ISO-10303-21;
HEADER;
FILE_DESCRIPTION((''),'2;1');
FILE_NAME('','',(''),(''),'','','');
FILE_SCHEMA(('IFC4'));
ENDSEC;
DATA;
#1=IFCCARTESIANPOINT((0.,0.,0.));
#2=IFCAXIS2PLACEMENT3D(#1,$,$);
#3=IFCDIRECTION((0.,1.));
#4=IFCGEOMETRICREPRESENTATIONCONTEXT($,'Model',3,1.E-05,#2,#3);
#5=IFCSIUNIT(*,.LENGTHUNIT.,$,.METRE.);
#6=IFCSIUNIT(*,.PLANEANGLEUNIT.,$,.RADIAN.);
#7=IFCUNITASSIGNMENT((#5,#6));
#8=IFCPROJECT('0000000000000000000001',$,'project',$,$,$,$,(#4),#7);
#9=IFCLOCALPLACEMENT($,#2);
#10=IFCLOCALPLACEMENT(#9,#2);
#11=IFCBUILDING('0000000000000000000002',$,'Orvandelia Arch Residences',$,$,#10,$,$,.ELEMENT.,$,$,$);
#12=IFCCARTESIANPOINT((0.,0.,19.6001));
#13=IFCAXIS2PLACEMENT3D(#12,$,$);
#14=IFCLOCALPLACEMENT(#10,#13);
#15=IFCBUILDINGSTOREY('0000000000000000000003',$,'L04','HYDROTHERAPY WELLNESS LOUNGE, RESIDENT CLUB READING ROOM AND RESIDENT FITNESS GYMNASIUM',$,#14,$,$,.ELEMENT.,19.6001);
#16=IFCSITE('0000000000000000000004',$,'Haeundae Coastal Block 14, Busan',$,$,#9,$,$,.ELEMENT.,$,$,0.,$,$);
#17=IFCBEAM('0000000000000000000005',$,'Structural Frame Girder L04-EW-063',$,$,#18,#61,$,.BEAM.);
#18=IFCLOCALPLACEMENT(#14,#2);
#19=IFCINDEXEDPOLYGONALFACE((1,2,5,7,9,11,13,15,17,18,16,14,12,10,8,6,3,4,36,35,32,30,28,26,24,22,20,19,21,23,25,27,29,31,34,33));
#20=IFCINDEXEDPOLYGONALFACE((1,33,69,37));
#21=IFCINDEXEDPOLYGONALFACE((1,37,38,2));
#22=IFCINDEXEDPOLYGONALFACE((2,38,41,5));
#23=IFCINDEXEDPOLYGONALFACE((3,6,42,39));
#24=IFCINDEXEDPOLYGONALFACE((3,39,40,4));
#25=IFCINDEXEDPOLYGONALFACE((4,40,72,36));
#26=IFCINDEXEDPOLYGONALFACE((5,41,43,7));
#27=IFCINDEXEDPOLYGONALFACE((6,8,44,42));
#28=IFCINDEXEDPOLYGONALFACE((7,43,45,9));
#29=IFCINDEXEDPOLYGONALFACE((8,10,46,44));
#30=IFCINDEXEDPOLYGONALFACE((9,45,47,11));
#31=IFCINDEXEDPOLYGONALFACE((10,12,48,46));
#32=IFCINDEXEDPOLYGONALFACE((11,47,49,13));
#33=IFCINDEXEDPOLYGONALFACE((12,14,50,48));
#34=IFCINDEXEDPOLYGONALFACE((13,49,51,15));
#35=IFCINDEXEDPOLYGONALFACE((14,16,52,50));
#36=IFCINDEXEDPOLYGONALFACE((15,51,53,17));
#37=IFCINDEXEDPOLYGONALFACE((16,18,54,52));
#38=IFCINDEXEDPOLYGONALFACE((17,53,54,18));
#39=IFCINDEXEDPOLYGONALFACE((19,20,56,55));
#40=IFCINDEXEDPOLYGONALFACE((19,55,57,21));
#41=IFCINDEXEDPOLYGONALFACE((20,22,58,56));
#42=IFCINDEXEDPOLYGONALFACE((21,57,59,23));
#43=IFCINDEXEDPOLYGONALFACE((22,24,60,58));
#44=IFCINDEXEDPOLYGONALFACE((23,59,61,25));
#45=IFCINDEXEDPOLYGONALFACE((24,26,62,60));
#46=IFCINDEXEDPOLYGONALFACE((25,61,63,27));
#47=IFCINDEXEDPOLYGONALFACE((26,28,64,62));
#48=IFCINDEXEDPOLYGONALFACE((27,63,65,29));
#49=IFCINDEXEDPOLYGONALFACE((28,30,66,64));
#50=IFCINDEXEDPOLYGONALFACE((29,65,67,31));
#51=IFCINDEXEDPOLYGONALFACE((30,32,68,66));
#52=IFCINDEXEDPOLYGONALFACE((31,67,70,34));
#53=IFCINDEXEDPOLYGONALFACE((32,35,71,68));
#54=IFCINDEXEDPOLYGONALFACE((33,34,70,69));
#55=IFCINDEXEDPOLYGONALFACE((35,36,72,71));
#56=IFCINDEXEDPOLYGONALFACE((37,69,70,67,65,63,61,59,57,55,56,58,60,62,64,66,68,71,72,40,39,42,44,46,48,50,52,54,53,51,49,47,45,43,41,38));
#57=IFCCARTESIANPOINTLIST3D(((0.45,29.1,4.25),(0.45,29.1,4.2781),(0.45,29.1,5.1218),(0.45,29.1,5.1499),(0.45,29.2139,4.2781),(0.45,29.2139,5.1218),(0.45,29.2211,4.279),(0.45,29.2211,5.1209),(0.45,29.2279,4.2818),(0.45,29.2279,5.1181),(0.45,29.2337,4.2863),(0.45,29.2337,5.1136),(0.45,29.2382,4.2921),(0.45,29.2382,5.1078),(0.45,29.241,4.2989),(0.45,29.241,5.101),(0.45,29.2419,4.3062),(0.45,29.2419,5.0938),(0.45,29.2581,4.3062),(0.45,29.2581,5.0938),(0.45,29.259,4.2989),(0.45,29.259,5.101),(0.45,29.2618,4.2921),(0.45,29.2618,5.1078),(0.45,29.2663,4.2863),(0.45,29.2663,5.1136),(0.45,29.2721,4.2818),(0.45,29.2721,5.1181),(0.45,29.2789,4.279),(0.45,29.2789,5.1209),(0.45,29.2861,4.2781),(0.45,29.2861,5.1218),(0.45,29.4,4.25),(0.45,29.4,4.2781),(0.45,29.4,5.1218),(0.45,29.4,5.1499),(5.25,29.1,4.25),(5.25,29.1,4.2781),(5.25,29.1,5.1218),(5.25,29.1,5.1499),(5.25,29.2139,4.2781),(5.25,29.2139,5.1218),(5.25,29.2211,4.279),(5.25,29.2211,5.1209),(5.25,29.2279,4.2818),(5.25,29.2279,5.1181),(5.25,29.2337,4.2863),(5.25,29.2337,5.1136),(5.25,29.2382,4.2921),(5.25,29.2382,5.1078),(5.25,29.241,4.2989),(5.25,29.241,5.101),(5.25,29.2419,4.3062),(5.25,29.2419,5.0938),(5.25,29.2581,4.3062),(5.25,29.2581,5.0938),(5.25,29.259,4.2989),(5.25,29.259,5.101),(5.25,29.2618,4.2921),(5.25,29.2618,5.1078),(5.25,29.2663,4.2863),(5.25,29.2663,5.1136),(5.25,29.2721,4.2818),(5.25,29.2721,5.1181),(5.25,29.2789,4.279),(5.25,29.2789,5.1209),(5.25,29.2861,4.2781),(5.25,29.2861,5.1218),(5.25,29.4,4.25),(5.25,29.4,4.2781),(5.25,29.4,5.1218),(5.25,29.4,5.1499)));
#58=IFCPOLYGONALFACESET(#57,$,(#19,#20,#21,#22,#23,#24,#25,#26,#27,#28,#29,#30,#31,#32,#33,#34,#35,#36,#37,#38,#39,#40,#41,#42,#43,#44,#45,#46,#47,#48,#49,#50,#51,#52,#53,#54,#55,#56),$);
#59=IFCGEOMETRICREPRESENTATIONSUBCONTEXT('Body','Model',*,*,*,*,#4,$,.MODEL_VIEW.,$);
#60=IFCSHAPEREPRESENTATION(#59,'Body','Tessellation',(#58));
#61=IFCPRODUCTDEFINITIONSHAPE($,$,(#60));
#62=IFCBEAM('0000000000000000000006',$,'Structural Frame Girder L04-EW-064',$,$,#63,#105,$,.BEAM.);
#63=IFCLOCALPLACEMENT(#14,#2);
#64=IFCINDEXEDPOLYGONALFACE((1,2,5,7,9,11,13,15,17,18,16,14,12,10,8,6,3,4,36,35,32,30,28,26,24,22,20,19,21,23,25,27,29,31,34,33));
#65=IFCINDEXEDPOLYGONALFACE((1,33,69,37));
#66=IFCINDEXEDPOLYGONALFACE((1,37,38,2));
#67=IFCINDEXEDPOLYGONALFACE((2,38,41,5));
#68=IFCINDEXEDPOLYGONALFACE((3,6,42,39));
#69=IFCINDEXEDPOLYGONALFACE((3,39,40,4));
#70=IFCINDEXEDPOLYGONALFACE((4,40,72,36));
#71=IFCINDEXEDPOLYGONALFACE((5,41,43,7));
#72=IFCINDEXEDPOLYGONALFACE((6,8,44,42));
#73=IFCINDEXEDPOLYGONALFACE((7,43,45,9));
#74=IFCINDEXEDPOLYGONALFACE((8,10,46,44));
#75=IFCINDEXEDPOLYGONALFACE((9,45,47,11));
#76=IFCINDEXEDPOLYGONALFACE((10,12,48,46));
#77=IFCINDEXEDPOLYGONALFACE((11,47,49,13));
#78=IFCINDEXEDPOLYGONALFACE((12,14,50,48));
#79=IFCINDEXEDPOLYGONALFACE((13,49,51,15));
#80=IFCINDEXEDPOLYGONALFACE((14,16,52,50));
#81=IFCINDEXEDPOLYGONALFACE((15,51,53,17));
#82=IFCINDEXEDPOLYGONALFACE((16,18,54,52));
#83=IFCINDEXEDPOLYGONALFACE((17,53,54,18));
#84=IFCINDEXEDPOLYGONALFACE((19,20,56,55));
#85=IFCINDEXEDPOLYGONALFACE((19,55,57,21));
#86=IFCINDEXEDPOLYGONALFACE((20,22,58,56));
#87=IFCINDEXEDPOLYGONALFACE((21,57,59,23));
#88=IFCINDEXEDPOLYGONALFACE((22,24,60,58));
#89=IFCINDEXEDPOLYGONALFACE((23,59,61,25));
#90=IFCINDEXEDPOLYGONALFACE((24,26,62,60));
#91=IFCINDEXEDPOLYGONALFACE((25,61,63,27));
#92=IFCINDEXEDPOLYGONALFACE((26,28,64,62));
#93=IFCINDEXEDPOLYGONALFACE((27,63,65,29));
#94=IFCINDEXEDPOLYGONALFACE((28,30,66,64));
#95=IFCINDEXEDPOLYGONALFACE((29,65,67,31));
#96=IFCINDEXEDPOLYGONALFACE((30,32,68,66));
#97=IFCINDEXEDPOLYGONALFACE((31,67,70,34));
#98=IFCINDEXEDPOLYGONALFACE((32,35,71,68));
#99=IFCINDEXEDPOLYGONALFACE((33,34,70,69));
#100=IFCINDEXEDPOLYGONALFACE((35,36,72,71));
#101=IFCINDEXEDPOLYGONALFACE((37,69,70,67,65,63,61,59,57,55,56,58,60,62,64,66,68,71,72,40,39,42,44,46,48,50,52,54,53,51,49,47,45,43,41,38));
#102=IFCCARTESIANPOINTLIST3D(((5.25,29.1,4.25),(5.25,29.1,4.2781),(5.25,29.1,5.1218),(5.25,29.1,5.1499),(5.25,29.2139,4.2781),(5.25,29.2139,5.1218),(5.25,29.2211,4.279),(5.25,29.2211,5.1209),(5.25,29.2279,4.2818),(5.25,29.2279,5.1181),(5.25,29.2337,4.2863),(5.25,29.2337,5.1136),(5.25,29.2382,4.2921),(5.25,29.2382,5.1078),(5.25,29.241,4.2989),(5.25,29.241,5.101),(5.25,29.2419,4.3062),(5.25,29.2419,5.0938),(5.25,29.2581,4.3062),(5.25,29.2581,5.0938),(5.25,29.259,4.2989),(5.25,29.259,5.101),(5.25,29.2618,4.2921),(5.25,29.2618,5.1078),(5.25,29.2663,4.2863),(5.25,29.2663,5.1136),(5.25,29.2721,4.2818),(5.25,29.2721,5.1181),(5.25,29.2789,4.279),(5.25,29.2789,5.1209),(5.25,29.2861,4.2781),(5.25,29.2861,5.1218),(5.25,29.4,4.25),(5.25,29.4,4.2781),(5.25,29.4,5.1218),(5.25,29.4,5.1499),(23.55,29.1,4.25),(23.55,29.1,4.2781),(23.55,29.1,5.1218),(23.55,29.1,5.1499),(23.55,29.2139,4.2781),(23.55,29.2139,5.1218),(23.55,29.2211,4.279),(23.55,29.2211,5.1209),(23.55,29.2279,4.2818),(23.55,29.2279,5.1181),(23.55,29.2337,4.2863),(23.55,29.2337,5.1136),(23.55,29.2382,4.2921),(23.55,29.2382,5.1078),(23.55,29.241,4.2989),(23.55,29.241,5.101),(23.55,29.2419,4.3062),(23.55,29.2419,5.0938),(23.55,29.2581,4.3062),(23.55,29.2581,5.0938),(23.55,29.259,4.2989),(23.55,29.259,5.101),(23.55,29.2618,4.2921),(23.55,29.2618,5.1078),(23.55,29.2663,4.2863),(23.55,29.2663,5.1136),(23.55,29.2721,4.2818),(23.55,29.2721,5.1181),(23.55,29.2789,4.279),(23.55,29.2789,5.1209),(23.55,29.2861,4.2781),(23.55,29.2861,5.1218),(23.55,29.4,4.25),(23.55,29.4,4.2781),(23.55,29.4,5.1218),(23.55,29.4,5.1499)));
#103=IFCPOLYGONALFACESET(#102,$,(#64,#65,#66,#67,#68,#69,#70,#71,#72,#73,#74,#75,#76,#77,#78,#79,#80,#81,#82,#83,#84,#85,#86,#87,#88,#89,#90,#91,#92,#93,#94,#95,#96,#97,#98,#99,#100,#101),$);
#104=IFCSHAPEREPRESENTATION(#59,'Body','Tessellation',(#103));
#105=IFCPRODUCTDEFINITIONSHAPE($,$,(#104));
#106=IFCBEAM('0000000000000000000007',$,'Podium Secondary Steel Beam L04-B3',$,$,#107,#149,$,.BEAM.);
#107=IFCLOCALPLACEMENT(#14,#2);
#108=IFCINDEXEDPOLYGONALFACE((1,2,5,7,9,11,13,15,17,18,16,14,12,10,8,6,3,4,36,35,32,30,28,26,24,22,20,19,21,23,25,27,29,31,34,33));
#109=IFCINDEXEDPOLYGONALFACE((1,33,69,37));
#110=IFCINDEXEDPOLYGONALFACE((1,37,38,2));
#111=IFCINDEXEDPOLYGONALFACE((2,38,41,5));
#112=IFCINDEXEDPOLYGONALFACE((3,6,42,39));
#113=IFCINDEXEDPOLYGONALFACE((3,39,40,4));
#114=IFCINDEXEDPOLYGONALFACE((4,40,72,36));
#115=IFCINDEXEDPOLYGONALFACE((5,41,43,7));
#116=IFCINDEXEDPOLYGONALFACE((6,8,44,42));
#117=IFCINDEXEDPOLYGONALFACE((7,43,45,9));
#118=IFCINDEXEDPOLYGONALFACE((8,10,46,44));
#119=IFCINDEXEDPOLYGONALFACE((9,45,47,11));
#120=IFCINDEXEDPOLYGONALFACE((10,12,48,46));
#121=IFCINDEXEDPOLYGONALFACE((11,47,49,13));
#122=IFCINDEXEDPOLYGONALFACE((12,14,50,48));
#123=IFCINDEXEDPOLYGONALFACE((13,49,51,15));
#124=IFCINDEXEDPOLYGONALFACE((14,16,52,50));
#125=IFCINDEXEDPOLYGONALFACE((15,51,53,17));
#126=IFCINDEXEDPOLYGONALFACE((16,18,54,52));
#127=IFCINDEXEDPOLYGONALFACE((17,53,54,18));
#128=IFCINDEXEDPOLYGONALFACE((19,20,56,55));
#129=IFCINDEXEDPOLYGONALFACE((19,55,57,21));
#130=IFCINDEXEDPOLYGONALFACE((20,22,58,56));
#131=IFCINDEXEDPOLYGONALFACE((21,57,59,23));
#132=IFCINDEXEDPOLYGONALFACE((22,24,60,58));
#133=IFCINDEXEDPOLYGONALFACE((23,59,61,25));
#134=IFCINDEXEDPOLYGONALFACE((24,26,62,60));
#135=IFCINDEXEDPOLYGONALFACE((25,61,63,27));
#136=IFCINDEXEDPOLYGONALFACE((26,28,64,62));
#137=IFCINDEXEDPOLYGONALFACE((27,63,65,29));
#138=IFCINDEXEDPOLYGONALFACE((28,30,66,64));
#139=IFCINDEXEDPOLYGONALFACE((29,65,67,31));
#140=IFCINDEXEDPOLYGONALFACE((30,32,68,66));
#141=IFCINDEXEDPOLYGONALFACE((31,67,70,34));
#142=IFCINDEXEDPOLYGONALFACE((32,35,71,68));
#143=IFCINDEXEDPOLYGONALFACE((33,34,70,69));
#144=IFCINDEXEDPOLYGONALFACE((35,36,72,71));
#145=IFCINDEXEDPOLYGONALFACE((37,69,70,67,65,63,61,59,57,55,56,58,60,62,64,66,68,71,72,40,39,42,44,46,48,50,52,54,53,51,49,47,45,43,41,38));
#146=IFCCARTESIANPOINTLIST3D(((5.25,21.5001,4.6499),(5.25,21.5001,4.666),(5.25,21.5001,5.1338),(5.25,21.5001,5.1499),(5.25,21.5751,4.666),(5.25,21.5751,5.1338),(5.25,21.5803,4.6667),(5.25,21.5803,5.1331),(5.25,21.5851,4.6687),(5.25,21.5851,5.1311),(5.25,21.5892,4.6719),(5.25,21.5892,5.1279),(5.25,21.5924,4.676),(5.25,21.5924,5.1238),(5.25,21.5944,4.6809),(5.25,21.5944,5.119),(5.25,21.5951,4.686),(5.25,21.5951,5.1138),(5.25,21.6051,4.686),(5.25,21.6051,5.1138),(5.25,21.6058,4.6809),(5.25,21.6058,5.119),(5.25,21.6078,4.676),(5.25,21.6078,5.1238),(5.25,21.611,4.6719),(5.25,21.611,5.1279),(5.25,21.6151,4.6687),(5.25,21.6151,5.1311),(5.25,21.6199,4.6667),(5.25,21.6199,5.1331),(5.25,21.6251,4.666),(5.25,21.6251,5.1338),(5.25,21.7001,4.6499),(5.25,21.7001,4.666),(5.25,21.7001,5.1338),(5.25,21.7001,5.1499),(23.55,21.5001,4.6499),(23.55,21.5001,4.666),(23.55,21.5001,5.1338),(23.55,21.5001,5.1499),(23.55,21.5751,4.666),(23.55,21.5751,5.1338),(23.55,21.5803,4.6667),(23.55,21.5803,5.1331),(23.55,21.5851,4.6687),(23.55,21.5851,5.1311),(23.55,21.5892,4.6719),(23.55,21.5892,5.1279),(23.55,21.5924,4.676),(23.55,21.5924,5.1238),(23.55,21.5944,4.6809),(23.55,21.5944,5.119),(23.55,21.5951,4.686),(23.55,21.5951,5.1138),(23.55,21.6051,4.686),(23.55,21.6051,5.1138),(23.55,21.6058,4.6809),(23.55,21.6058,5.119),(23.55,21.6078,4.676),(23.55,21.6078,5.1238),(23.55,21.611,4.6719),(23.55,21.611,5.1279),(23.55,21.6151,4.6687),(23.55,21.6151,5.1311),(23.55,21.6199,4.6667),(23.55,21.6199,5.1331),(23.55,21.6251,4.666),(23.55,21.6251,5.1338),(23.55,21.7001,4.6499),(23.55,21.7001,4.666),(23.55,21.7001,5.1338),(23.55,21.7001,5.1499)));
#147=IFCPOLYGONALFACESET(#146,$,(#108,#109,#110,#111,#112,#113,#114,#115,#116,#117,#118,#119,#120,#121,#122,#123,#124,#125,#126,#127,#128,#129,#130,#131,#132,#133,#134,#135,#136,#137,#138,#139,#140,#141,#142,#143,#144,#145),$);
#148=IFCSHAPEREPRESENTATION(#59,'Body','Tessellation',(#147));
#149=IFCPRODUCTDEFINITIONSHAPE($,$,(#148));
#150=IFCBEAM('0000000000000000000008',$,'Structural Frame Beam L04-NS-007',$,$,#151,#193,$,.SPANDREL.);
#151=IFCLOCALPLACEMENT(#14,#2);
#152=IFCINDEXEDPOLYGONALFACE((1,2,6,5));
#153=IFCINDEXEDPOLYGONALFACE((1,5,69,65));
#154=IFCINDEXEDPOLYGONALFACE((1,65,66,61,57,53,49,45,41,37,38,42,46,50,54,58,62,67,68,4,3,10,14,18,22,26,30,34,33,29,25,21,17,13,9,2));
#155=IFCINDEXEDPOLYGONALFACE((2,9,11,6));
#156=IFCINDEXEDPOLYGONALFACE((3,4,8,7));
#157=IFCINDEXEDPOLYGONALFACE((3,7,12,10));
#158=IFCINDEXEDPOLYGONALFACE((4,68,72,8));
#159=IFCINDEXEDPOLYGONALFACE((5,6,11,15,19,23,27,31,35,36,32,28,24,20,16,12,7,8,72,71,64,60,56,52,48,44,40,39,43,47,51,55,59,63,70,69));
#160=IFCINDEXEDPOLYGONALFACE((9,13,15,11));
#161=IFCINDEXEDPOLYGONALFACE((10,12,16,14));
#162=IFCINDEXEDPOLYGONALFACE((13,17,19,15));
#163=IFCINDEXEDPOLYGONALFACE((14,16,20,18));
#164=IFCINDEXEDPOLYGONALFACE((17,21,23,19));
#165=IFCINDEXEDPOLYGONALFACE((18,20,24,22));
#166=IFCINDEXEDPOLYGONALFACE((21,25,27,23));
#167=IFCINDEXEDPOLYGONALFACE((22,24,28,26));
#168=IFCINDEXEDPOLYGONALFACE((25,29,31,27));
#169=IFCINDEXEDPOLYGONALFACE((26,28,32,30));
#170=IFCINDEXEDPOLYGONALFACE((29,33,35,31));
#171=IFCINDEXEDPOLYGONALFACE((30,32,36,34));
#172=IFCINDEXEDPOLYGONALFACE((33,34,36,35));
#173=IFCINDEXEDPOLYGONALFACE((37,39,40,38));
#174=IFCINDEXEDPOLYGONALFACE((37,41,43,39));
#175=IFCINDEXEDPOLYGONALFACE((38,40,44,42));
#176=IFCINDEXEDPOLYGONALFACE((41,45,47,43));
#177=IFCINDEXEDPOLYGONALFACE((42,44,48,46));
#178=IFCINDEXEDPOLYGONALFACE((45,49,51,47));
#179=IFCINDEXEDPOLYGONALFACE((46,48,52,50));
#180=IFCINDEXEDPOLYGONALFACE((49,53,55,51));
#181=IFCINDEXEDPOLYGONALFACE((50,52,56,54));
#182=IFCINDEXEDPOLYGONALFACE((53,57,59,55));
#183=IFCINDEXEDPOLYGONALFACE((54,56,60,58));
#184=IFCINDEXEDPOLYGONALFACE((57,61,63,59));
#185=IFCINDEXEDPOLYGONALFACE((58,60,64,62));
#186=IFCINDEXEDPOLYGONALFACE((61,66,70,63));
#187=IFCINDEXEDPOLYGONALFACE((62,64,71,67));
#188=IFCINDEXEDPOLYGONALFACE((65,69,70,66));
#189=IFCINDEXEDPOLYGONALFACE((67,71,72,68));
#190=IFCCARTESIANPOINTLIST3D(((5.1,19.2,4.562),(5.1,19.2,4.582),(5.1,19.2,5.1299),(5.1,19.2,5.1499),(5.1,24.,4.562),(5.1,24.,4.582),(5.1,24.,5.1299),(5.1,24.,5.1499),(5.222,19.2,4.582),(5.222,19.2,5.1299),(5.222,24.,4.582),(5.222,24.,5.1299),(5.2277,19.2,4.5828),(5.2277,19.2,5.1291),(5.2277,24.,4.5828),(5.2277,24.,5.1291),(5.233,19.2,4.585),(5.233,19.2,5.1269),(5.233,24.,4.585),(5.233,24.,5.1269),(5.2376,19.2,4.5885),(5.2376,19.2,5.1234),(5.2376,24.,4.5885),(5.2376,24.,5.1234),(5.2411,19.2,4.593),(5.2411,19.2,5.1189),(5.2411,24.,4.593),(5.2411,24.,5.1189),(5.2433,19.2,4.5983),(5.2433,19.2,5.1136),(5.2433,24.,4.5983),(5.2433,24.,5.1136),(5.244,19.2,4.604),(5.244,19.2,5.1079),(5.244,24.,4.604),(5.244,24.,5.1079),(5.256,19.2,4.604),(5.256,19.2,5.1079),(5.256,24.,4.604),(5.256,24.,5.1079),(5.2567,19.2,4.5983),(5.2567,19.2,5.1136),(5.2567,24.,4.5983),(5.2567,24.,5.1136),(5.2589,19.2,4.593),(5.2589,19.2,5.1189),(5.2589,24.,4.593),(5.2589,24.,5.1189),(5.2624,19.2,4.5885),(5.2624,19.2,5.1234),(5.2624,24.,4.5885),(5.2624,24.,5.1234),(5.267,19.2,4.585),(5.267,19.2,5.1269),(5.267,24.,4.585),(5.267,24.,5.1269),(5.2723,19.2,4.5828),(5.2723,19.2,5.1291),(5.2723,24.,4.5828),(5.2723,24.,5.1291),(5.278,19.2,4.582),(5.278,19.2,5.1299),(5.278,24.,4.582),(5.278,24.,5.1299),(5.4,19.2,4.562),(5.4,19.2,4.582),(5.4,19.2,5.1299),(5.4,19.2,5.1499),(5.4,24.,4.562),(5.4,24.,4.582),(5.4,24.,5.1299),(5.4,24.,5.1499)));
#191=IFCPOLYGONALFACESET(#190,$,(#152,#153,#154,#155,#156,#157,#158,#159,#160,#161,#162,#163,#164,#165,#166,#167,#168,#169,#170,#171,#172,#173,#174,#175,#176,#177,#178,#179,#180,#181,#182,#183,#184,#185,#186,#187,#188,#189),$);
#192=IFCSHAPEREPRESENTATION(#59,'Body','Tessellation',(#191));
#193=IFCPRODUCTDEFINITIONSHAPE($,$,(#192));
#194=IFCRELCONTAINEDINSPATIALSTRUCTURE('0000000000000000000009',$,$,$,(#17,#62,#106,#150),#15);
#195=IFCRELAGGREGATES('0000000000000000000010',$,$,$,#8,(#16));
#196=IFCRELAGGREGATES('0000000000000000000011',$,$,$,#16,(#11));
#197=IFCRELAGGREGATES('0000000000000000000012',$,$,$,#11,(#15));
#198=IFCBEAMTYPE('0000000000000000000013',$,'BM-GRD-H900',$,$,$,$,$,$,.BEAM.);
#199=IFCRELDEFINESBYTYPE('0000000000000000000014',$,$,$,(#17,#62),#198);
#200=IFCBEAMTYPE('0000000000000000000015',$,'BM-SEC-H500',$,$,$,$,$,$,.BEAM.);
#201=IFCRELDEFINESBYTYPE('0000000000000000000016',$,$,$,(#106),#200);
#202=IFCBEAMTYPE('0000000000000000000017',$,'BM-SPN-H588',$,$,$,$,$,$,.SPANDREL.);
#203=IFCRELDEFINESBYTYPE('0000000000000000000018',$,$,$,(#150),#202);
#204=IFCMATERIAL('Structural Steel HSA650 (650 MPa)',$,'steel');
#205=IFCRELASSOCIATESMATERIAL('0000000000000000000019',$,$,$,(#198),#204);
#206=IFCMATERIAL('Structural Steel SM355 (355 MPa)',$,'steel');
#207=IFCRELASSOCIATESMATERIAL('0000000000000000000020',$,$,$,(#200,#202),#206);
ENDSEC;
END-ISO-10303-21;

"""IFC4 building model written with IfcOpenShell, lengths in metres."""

from ifc_helpers import new_model, si_unit, direction, frame, origin, origin_2d, place, context, subcontext, project, spatial, i_section, extrude, material, material_profile, profile_set, type_object, element, save


model = new_model("IFC4")

# Units and contexts
model_context = context("Model", 3, precision=1e-05, world=origin(), true_north=direction((0.0, 1.0)))
body_context = subcontext(model_context, "Body", "Model", "MODEL_VIEW")
ifc_project = project(units=[si_unit("LENGTHUNIT", "METRE"), si_unit("PLANEANGLEUNIT", "RADIAN")], contexts=[model_context])

# Site, building, storey
site_placement = place(None, origin())
site = spatial("IfcSite", under=ifc_project, at=site_placement, Name="Haeundae Coastal Block 14, Busan", CompositionType="ELEMENT", RefElevation=0.0)
building_placement = place(site_placement, origin())
building = spatial("IfcBuilding", under=site, at=building_placement, Name="Orvandelia Arch Residences", CompositionType="ELEMENT")
storey_placement = place(building_placement, frame((0.0, 0.0, 19.6001)))
storey = spatial("IfcBuildingStorey", under=building, at=storey_placement, Name="L04", Description="HYDROTHERAPY WELLNESS LOUNGE, RESIDENT CLUB READING ROOM AND RESIDENT FITNESS GYMNASIUM", CompositionType="ELEMENT", Elevation=19.6001)

# Beams
ifc_material_1 = material(Name="Structural Steel HSA650 (650 MPa)", Category="steel")
ifc_material_profile_1 = material_profile(ifc_material_1, i_section(OverallWidth=0.3, OverallDepth=0.8999, WebThickness=0.0161, FlangeThickness=0.0281, FilletRadius=0.0281, at=origin_2d()), Name="Structural Steel HSA650 (650 MPa)", Category="steel")
ifc_profile_set_1 = profile_set([ifc_material_profile_1], Name="Structural Steel HSA650 (650 MPa)")
beam_type_1 = type_object("IfcBeamType", Name="BM-GRD-H900", PredefinedType="BEAM", material=ifc_profile_set_1)
beam_1_placement = place(storey_placement, frame((0.45, 29.25, 4.7), z_axis=(1.0, 0.0, 0.0), x_axis=(0.0, 1.0, 0.0)))
element("IfcBeam", 1, at=beam_1_placement, inside=storey, type_object=beam_type_1, Name="Structural Frame Girder L04-EW-063", PredefinedType="BEAM", context=body_context, shape_type="SweptSolid", body=[
    extrude(i_section(OverallWidth=0.3, OverallDepth=0.8999, WebThickness=0.0161, FlangeThickness=0.0281, FilletRadius=0.0281, at=origin_2d()), origin(), (0.0, 0.0, 1.0), 4.8),
])
beam_2_placement = place(storey_placement, frame((5.25, 29.25, 4.7), z_axis=(1.0, 0.0, 0.0), x_axis=(0.0, 1.0, 0.0)))
element("IfcBeam", 2, at=beam_2_placement, inside=storey, type_object=beam_type_1, Name="Structural Frame Girder L04-EW-064", PredefinedType="BEAM", context=body_context, shape_type="SweptSolid", body=[
    extrude(i_section(OverallWidth=0.3, OverallDepth=0.8999, WebThickness=0.0161, FlangeThickness=0.0281, FilletRadius=0.0281, at=origin_2d()), origin(), (0.0, 0.0, 1.0), 18.3),
])
ifc_material_2 = material(Name="Structural Steel SM355 (355 MPa)", Category="steel")
ifc_material_profile_2 = material_profile(ifc_material_2, i_section(OverallWidth=0.2, OverallDepth=0.5, WebThickness=0.01, FlangeThickness=0.0161, FilletRadius=0.02, at=origin_2d()), Name="Structural Steel SM355 (355 MPa)", Category="steel")
ifc_profile_set_2 = profile_set([ifc_material_profile_2], Name="Structural Steel SM355 (355 MPa)")
beam_type_2 = type_object("IfcBeamType", Name="BM-SEC-H500", PredefinedType="BEAM", material=ifc_profile_set_2)
beam_3_placement = place(storey_placement, frame((5.25, 21.6001, 4.8999), z_axis=(1.0, 0.0, 0.0), x_axis=(0.0, 1.0, 0.0)))
element("IfcBeam", 3, at=beam_3_placement, inside=storey, type_object=beam_type_2, Name="Podium Secondary Steel Beam L04-B3", PredefinedType="BEAM", context=body_context, shape_type="SweptSolid", body=[
    extrude(i_section(OverallWidth=0.2, OverallDepth=0.5, WebThickness=0.01, FlangeThickness=0.0161, FilletRadius=0.02, at=origin_2d()), origin(), (0.0, 0.0, 1.0), 18.3),
])
ifc_material_profile_3 = material_profile(ifc_material_2, i_section(OverallWidth=0.3, OverallDepth=0.5879, WebThickness=0.012, FlangeThickness=0.02, FilletRadius=0.022, at=origin_2d()), Name="Structural Steel SM355 (355 MPa)", Category="steel")
ifc_profile_set_3 = profile_set([ifc_material_profile_3], Name="Structural Steel SM355 (355 MPa)")
beam_type_3 = type_object("IfcBeamType", Name="BM-SPN-H588", PredefinedType="SPANDREL", material=ifc_profile_set_3)
beam_4_placement = place(storey_placement, frame((5.25, 19.2, 4.856), z_axis=(0.0, 1.0, 0.0), x_axis=(-1.0, 0.0, 0.0)))
element("IfcBeam", 4, at=beam_4_placement, inside=storey, type_object=beam_type_3, Name="Structural Frame Beam L04-NS-007", PredefinedType="SPANDREL", context=body_context, shape_type="SweptSolid", body=[
    extrude(i_section(OverallWidth=0.3, OverallDepth=0.5879, WebThickness=0.012, FlangeThickness=0.02, FilletRadius=0.022, at=origin_2d()), origin(), (0.0, 0.0, 1.0), 4.8),
])

save(model, "model.ifc")
